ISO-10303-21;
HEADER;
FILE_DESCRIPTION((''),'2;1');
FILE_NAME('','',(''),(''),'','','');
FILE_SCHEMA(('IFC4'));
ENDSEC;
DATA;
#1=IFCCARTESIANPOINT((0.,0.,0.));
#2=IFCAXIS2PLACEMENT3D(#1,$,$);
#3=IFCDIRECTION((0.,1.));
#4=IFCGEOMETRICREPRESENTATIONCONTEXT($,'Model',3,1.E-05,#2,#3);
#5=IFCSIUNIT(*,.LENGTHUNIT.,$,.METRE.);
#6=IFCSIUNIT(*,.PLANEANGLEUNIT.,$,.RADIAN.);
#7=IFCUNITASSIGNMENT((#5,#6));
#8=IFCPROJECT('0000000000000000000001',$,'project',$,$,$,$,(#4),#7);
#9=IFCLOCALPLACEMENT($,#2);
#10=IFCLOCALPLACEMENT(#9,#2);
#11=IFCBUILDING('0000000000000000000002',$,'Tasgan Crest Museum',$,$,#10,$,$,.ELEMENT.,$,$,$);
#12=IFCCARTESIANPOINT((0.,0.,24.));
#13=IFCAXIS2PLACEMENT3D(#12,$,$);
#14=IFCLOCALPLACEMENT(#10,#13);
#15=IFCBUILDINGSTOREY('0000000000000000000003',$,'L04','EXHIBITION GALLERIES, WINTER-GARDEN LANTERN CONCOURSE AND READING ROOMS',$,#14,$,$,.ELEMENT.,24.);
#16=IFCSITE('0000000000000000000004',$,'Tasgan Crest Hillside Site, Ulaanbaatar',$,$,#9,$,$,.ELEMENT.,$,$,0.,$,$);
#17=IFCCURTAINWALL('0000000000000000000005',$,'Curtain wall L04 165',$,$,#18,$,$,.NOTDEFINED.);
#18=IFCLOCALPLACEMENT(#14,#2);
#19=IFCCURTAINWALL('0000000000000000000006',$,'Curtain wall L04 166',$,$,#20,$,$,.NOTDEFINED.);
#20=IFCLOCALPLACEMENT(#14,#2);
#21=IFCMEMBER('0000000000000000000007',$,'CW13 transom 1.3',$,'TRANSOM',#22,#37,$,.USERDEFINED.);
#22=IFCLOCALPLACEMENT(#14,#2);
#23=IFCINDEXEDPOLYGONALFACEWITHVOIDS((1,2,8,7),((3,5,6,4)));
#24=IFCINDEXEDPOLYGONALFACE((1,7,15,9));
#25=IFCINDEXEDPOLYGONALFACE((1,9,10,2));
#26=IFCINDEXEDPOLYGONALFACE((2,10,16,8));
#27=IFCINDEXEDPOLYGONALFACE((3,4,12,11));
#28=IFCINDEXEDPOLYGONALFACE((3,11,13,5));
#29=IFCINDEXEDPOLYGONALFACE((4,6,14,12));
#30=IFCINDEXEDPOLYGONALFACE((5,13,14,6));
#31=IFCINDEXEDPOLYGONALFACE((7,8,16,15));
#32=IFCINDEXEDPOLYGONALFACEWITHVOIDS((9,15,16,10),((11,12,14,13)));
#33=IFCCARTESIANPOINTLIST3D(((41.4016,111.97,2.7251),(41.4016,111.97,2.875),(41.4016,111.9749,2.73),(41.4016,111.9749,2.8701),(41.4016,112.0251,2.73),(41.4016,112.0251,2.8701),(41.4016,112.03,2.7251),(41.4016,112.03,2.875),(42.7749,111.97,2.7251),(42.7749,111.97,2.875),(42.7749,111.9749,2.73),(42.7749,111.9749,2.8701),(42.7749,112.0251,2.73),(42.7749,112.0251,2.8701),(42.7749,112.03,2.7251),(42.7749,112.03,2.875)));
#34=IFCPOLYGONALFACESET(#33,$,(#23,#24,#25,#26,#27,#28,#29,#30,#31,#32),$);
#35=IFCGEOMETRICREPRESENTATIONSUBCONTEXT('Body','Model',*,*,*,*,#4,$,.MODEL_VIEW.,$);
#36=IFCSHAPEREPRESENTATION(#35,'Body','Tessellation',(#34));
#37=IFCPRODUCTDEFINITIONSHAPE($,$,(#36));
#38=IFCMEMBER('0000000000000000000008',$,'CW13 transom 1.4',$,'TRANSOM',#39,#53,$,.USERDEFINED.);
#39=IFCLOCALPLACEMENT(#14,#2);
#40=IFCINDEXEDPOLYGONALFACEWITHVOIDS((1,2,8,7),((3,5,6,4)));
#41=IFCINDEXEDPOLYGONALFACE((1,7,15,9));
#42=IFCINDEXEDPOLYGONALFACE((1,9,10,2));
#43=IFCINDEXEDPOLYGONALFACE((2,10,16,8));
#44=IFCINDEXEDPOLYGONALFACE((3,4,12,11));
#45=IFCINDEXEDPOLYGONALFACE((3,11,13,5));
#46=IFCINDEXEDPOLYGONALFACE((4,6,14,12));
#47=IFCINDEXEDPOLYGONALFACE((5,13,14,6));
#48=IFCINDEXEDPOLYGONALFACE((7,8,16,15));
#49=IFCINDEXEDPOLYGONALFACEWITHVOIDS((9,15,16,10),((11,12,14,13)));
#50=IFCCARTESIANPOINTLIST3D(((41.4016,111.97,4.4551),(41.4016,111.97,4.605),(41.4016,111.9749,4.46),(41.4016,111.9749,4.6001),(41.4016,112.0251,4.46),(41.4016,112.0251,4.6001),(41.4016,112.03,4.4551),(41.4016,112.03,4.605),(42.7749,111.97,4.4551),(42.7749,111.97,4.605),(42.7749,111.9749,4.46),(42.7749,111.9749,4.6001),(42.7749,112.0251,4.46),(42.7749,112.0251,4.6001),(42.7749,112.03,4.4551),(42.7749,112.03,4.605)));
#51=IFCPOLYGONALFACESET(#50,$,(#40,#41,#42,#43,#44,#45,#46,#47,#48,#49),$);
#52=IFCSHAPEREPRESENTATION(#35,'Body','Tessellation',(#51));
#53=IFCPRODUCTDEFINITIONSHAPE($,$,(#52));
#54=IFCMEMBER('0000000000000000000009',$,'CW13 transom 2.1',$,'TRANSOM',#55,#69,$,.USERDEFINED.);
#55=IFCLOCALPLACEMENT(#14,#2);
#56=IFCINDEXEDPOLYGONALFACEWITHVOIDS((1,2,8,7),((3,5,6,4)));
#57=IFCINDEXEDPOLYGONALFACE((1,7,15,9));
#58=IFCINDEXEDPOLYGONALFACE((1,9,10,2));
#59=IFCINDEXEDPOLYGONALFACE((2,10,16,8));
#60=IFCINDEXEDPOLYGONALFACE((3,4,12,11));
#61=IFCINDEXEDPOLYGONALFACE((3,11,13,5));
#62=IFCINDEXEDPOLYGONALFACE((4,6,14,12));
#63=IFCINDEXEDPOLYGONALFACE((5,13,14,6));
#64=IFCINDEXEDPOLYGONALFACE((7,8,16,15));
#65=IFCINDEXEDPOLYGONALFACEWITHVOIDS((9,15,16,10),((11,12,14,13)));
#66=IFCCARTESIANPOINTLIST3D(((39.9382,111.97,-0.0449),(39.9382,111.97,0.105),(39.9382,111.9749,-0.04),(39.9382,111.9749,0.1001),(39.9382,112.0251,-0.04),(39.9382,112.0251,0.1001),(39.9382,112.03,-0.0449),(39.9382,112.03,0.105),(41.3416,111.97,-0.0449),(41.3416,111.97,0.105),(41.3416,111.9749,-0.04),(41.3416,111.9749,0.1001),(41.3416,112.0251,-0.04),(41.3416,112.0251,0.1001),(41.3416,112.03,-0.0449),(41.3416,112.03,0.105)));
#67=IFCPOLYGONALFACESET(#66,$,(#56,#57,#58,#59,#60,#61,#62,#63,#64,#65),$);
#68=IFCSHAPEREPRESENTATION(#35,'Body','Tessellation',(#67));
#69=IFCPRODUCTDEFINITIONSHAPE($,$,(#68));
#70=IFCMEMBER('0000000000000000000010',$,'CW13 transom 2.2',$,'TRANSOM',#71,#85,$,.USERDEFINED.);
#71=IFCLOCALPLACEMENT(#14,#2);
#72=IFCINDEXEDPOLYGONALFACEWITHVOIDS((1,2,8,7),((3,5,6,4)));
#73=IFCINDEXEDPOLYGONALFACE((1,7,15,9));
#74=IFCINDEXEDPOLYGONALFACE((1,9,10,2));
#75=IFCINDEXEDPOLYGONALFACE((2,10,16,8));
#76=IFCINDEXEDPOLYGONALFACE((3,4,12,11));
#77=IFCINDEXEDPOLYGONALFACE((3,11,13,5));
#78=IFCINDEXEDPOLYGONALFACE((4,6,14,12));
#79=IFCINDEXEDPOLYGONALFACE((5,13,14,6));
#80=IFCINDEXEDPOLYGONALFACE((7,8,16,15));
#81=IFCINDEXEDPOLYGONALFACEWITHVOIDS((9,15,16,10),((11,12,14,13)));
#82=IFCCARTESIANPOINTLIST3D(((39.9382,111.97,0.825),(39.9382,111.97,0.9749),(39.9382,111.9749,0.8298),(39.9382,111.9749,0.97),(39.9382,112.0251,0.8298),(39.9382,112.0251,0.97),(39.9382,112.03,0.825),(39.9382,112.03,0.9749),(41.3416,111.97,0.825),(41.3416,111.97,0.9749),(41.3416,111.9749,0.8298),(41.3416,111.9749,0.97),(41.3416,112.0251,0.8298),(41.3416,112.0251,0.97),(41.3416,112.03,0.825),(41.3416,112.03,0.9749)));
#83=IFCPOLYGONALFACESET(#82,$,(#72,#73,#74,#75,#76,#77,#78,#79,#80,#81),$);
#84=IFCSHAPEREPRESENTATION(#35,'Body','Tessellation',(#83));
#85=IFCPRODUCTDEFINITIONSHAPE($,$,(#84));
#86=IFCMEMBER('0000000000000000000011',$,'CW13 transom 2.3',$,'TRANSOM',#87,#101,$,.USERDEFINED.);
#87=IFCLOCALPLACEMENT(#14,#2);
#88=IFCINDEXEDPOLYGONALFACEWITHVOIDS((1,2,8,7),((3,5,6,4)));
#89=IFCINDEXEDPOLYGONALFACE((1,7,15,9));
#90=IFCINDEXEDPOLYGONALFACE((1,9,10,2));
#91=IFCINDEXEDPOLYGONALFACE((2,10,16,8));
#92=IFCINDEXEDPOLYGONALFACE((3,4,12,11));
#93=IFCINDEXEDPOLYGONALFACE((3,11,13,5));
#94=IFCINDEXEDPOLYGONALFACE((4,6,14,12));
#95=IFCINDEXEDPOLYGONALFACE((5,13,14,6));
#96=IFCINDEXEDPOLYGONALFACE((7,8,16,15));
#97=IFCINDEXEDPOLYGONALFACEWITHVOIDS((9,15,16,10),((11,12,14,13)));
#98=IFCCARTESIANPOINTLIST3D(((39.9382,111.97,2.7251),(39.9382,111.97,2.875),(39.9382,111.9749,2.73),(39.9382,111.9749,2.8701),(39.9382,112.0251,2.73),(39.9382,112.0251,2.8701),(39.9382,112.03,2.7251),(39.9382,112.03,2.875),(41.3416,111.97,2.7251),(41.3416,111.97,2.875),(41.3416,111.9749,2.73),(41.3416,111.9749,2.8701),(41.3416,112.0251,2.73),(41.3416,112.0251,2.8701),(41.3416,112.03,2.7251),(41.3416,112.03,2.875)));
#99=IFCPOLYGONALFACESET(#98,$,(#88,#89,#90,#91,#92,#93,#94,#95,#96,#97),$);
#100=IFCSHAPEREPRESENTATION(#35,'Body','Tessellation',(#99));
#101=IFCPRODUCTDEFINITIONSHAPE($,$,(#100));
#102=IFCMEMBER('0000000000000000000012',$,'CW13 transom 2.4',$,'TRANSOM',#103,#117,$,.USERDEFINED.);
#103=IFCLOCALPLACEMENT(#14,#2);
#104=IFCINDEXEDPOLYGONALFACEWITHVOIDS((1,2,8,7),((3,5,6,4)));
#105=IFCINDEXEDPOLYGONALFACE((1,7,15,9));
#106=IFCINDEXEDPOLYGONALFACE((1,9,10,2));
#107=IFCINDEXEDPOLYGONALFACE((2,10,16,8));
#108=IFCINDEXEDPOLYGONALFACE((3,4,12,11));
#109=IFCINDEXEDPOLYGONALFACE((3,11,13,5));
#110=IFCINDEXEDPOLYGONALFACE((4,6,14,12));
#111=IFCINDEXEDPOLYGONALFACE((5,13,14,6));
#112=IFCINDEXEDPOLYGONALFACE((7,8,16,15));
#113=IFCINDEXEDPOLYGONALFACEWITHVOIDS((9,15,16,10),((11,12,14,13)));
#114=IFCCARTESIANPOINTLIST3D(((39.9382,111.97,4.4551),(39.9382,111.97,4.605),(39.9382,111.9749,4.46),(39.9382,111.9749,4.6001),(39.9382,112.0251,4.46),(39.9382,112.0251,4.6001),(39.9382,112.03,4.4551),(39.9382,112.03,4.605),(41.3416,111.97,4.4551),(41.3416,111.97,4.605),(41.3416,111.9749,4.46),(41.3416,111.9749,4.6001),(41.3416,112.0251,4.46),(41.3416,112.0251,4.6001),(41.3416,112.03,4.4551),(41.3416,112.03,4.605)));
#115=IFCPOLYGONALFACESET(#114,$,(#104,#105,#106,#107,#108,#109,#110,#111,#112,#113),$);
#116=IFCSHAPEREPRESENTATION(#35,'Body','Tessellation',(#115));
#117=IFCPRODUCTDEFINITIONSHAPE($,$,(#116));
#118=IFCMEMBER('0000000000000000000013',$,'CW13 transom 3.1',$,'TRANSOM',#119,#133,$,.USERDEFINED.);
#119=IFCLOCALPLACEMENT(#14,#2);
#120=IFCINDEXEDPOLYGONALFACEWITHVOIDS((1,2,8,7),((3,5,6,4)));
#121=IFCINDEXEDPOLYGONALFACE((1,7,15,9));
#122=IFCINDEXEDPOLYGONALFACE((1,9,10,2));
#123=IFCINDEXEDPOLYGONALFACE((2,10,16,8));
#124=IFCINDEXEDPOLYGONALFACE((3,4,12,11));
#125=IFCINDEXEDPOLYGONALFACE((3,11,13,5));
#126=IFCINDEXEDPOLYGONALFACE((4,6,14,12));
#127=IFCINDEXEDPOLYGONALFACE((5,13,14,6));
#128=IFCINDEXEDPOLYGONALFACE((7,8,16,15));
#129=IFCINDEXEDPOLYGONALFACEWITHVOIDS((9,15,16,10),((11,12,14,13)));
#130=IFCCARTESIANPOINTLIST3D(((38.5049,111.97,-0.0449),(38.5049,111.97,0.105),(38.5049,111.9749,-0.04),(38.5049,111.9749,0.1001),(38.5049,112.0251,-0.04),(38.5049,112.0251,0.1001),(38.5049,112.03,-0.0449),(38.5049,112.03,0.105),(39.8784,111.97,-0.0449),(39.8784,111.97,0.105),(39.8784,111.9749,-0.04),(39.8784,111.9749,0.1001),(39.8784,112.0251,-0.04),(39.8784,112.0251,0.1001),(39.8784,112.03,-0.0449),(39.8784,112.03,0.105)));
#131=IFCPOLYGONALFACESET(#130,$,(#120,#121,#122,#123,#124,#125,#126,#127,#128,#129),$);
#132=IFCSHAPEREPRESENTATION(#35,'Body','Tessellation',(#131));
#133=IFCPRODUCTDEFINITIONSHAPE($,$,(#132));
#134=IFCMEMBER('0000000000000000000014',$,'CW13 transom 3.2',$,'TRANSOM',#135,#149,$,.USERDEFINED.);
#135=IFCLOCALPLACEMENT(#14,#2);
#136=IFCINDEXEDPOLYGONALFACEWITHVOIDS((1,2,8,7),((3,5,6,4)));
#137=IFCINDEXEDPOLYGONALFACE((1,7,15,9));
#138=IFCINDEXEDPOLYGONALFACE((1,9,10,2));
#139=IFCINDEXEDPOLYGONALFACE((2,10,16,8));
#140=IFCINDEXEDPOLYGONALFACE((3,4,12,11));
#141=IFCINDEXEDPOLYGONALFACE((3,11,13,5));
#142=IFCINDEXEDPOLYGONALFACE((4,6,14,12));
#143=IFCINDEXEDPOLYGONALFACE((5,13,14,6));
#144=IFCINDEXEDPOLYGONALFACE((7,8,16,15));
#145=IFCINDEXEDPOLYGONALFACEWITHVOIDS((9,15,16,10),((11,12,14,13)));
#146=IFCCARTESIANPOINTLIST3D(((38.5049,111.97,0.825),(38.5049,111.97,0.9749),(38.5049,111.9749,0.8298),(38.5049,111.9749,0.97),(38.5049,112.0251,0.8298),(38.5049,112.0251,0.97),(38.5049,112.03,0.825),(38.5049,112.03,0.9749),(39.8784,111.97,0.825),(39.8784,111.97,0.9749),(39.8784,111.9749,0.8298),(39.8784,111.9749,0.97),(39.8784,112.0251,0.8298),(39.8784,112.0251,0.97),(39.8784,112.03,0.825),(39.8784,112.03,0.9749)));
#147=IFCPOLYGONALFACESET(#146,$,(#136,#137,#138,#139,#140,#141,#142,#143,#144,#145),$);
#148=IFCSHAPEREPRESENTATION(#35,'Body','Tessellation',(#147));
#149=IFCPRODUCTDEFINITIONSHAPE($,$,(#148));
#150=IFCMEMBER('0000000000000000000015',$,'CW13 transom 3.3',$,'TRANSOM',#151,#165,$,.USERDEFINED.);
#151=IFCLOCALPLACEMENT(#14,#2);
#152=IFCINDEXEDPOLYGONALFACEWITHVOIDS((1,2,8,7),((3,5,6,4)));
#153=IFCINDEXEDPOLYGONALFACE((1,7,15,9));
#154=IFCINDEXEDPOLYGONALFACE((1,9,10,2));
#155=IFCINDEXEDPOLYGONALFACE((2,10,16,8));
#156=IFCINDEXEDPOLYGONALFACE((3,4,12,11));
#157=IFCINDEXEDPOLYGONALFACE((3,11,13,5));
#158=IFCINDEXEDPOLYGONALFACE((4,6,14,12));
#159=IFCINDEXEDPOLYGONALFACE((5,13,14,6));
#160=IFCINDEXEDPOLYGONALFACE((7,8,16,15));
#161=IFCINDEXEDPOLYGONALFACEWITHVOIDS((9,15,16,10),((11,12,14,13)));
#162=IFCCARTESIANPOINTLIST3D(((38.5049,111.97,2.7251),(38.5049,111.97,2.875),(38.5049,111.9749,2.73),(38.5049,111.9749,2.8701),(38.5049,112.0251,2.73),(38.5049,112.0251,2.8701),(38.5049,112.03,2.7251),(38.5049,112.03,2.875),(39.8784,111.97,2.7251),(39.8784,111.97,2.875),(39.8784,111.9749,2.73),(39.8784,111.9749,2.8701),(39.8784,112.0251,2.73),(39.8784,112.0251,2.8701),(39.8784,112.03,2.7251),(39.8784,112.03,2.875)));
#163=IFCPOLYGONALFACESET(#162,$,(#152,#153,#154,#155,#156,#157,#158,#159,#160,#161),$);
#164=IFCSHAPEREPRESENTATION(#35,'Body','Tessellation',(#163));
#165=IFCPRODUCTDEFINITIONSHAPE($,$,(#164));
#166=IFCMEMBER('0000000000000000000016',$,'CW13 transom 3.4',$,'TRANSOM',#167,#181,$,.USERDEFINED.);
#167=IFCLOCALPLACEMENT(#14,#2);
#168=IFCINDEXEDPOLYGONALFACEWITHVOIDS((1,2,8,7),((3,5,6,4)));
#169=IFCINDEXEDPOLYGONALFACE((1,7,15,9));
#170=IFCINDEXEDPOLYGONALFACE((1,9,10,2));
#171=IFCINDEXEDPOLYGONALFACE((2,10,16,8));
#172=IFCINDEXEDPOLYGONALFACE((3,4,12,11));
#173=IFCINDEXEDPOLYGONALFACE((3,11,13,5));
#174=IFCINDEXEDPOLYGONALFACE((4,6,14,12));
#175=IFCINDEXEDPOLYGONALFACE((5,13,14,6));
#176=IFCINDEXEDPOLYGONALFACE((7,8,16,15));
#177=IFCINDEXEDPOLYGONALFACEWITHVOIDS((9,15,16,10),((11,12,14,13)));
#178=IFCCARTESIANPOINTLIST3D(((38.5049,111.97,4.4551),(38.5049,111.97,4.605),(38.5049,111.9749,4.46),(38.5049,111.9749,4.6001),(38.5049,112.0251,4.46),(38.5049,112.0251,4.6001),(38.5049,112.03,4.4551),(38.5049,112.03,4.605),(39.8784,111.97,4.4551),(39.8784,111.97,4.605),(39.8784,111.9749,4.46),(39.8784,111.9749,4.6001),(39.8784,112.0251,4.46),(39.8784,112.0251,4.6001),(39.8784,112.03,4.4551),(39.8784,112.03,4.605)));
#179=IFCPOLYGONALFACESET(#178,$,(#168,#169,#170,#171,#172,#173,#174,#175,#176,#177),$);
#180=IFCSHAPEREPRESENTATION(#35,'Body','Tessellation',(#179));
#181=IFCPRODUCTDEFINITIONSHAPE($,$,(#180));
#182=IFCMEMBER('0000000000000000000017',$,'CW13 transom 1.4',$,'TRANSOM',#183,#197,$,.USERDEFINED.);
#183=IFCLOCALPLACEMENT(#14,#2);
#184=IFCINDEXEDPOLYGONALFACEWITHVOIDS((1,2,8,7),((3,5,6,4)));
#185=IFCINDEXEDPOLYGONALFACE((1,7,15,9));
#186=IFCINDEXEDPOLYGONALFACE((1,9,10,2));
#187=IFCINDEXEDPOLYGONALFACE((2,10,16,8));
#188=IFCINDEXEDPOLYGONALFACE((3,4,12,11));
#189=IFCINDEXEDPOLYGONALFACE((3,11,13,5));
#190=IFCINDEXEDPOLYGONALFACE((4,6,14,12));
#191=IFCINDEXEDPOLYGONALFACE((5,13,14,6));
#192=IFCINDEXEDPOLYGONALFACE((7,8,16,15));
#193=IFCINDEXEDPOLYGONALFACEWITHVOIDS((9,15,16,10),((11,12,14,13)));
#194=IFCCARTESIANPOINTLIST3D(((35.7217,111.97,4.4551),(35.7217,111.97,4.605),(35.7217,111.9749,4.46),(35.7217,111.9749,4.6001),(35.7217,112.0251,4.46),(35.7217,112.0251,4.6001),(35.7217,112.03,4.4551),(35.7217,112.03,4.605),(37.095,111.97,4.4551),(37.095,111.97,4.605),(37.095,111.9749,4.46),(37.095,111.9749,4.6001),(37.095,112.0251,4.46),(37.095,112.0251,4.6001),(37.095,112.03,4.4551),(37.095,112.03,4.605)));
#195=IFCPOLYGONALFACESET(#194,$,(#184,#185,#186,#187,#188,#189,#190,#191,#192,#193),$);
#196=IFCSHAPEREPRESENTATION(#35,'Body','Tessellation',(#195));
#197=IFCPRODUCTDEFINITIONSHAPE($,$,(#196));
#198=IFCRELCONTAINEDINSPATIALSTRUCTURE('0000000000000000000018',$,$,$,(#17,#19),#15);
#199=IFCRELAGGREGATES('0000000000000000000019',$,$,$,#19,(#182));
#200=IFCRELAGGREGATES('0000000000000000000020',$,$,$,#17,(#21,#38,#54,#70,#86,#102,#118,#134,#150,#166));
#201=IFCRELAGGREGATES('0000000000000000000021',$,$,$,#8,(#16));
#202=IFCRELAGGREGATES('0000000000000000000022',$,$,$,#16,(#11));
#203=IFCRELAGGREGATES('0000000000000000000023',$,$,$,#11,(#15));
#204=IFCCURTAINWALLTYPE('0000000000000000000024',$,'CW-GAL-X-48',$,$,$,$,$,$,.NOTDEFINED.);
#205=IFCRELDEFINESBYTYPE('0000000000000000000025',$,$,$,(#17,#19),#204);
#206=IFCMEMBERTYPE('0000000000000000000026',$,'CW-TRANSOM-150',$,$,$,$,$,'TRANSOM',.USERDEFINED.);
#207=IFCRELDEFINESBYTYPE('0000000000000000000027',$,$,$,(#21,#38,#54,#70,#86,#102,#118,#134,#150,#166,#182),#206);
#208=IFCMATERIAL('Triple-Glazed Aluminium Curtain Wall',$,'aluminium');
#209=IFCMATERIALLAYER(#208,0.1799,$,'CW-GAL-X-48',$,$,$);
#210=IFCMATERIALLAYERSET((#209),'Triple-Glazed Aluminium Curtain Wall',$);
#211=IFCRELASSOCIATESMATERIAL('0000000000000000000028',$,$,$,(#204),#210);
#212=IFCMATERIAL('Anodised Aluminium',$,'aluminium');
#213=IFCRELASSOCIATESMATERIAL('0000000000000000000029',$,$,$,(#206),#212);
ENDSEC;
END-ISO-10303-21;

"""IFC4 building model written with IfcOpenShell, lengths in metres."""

from ifc_helpers import new_model, si_unit, direction, frame, origin, origin_2d, place, context, subcontext, project, spatial, hollow_rectangle, extrude, material, layer, layer_set, material_profile, profile_set, type_object, element, aggregate, save


model = new_model("IFC4")

# Units and contexts
model_context = context("Model", 3, precision=1e-05, world=origin(), true_north=direction((0.0, 1.0)))
body_context = subcontext(model_context, "Body", "Model", "MODEL_VIEW")
ifc_project = project(units=[si_unit("LENGTHUNIT", "METRE"), si_unit("PLANEANGLEUNIT", "RADIAN")], contexts=[model_context])

# Site, building, storey
site_placement = place(None, origin())
site = spatial("IfcSite", under=ifc_project, at=site_placement, Name="Tasgan Crest Hillside Site, Ulaanbaatar", CompositionType="ELEMENT", RefElevation=0.0)
building_placement = place(site_placement, origin())
building = spatial("IfcBuilding", under=site, at=building_placement, Name="Tasgan Crest Museum", CompositionType="ELEMENT")
storey_placement = place(building_placement, frame((0.0, 0.0, 24.0)))
storey = spatial("IfcBuildingStorey", under=building, at=storey_placement, Name="L04", Description="EXHIBITION GALLERIES, WINTER-GARDEN LANTERN CONCOURSE AND READING ROOMS", CompositionType="ELEMENT", Elevation=24.0)

# Curtain wall
ifc_material_1 = material(Name="Triple-Glazed Aluminium Curtain Wall", Category="aluminium")
ifc_layer_1 = layer(ifc_material_1, 0.1799, Name="CW-GAL-X-48")
ifc_layer_set_1 = layer_set([ifc_layer_1], Name="Triple-Glazed Aluminium Curtain Wall")
curtain_wall_type = type_object("IfcCurtainWallType", Name="CW-GAL-X-48", PredefinedType="NOTDEFINED", material=ifc_layer_set_1)
curtain_wall_1_placement = place(storey_placement, origin())
curtain_wall_1 = element("IfcCurtainWall", 1, at=curtain_wall_1_placement, inside=storey, type_object=curtain_wall_type, Name="Curtain wall L04 165", PredefinedType="NOTDEFINED")

# Curtain wall
curtain_wall_2_placement = place(storey_placement, origin())
curtain_wall_2 = element("IfcCurtainWall", 2, at=curtain_wall_2_placement, inside=storey, type_object=curtain_wall_type, Name="Curtain wall L04 166", PredefinedType="NOTDEFINED")

# Members
ifc_material_2 = material(Name="Anodised Aluminium", Category="aluminium")
ifc_material_profile_1 = material_profile(ifc_material_2, hollow_rectangle(XDim=0.0601, YDim=0.1499, WallThickness=0.0049, at=origin_2d()), Name="ALU TRANSOM 150x60x5")
ifc_profile_set_1 = profile_set([ifc_material_profile_1], Name="Anodised Aluminium")
member_type_1 = type_object("IfcMemberType", Name="CW-TRANSOM-150", ElementType="TRANSOM", PredefinedType="USERDEFINED", material=ifc_profile_set_1)
member_1_placement = place(storey_placement, frame((42.7749, 112.0, 2.8), z_axis=(-1.0, 0.0, 0.0), x_axis=(0.0, -1.0, 0.0)))
member_1 = element("IfcMember", 3, at=member_1_placement, type_object=member_type_1, Name="CW13 transom 1.3", ObjectType="TRANSOM", PredefinedType="USERDEFINED", context=body_context, shape_type="SweptSolid", body=[
    extrude(hollow_rectangle(XDim=0.0601, YDim=0.1499, WallThickness=0.0049, at=origin_2d()), origin(), (0.0, 0.0, 1.0), 1.3733),
])
member_2_placement = place(storey_placement, frame((42.7749, 112.0, 4.53), z_axis=(-1.0, 0.0, 0.0), x_axis=(0.0, -1.0, 0.0)))
member_2 = element("IfcMember", 4, at=member_2_placement, type_object=member_type_1, Name="CW13 transom 1.4", ObjectType="TRANSOM", PredefinedType="USERDEFINED", context=body_context, shape_type="SweptSolid", body=[
    extrude(hollow_rectangle(XDim=0.0601, YDim=0.1499, WallThickness=0.0049, at=origin_2d()), origin(), (0.0, 0.0, 1.0), 1.3733),
])
member_3_placement = place(storey_placement, frame((41.3416, 112.0, 0.03), z_axis=(-1.0, 0.0, 0.0), x_axis=(0.0, -1.0, 0.0)))
member_3 = element("IfcMember", 5, at=member_3_placement, type_object=member_type_1, Name="CW13 transom 2.1", ObjectType="TRANSOM", PredefinedType="USERDEFINED", context=body_context, shape_type="SweptSolid", body=[
    extrude(hollow_rectangle(XDim=0.0601, YDim=0.1499, WallThickness=0.0049, at=origin_2d()), origin(), (0.0, 0.0, 1.0), 1.4033),
])
member_4_placement = place(storey_placement, frame((41.3416, 112.0, 0.8999), z_axis=(-1.0, 0.0, 0.0), x_axis=(0.0, -1.0, 0.0)))
member_4 = element("IfcMember", 6, at=member_4_placement, type_object=member_type_1, Name="CW13 transom 2.2", ObjectType="TRANSOM", PredefinedType="USERDEFINED", context=body_context, shape_type="SweptSolid", body=[
    extrude(hollow_rectangle(XDim=0.0601, YDim=0.1499, WallThickness=0.0049, at=origin_2d()), origin(), (0.0, 0.0, 1.0), 1.4033),
])
member_5_placement = place(storey_placement, frame((41.3416, 112.0, 2.8), z_axis=(-1.0, 0.0, 0.0), x_axis=(0.0, -1.0, 0.0)))
member_5 = element("IfcMember", 7, at=member_5_placement, type_object=member_type_1, Name="CW13 transom 2.3", ObjectType="TRANSOM", PredefinedType="USERDEFINED", context=body_context, shape_type="SweptSolid", body=[
    extrude(hollow_rectangle(XDim=0.0601, YDim=0.1499, WallThickness=0.0049, at=origin_2d()), origin(), (0.0, 0.0, 1.0), 1.4033),
])
member_6_placement = place(storey_placement, frame((41.3416, 112.0, 4.53), z_axis=(-1.0, 0.0, 0.0), x_axis=(0.0, -1.0, 0.0)))
member_6 = element("IfcMember", 8, at=member_6_placement, type_object=member_type_1, Name="CW13 transom 2.4", ObjectType="TRANSOM", PredefinedType="USERDEFINED", context=body_context, shape_type="SweptSolid", body=[
    extrude(hollow_rectangle(XDim=0.0601, YDim=0.1499, WallThickness=0.0049, at=origin_2d()), origin(), (0.0, 0.0, 1.0), 1.4033),
])
member_7_placement = place(storey_placement, frame((39.8784, 112.0, 0.03), z_axis=(-1.0, 0.0, 0.0), x_axis=(0.0, -1.0, 0.0)))
member_7 = element("IfcMember", 9, at=member_7_placement, type_object=member_type_1, Name="CW13 transom 3.1", ObjectType="TRANSOM", PredefinedType="USERDEFINED", context=body_context, shape_type="SweptSolid", body=[
    extrude(hollow_rectangle(XDim=0.0601, YDim=0.1499, WallThickness=0.0049, at=origin_2d()), origin(), (0.0, 0.0, 1.0), 1.3735),
])
member_8_placement = place(storey_placement, frame((39.8784, 112.0, 0.8999), z_axis=(-1.0, 0.0, 0.0), x_axis=(0.0, -1.0, 0.0)))
member_8 = element("IfcMember", 10, at=member_8_placement, type_object=member_type_1, Name="CW13 transom 3.2", ObjectType="TRANSOM", PredefinedType="USERDEFINED", context=body_context, shape_type="SweptSolid", body=[
    extrude(hollow_rectangle(XDim=0.0601, YDim=0.1499, WallThickness=0.0049, at=origin_2d()), origin(), (0.0, 0.0, 1.0), 1.3735),
])
member_9_placement = place(storey_placement, frame((39.8784, 112.0, 2.8), z_axis=(-1.0, 0.0, 0.0), x_axis=(0.0, -1.0, 0.0)))
member_9 = element("IfcMember", 11, at=member_9_placement, type_object=member_type_1, Name="CW13 transom 3.3", ObjectType="TRANSOM", PredefinedType="USERDEFINED", context=body_context, shape_type="SweptSolid", body=[
    extrude(hollow_rectangle(XDim=0.0601, YDim=0.1499, WallThickness=0.0049, at=origin_2d()), origin(), (0.0, 0.0, 1.0), 1.3735),
])
member_10_placement = place(storey_placement, frame((39.8784, 112.0, 4.53), z_axis=(-1.0, 0.0, 0.0), x_axis=(0.0, -1.0, 0.0)))
member_10 = element("IfcMember", 12, at=member_10_placement, type_object=member_type_1, Name="CW13 transom 3.4", ObjectType="TRANSOM", PredefinedType="USERDEFINED", context=body_context, shape_type="SweptSolid", body=[
    extrude(hollow_rectangle(XDim=0.0601, YDim=0.1499, WallThickness=0.0049, at=origin_2d()), origin(), (0.0, 0.0, 1.0), 1.3735),
])
member_11_placement = place(storey_placement, frame((37.095, 112.0, 4.53), z_axis=(-1.0, 0.0, 0.0), x_axis=(0.0, -1.0, 0.0)))
member_11 = element("IfcMember", 13, at=member_11_placement, type_object=member_type_1, Name="CW13 transom 1.4", ObjectType="TRANSOM", PredefinedType="USERDEFINED", context=body_context, shape_type="SweptSolid", body=[
    extrude(hollow_rectangle(XDim=0.0601, YDim=0.1499, WallThickness=0.0049, at=origin_2d()), origin(), (0.0, 0.0, 1.0), 1.3733),
])
aggregate(curtain_wall_2, [member_11])

aggregate(curtain_wall_1, [member_1, member_2, member_3, member_4, member_5, member_6, member_7, member_8, member_9, member_10])

save(model, "model.ifc")
